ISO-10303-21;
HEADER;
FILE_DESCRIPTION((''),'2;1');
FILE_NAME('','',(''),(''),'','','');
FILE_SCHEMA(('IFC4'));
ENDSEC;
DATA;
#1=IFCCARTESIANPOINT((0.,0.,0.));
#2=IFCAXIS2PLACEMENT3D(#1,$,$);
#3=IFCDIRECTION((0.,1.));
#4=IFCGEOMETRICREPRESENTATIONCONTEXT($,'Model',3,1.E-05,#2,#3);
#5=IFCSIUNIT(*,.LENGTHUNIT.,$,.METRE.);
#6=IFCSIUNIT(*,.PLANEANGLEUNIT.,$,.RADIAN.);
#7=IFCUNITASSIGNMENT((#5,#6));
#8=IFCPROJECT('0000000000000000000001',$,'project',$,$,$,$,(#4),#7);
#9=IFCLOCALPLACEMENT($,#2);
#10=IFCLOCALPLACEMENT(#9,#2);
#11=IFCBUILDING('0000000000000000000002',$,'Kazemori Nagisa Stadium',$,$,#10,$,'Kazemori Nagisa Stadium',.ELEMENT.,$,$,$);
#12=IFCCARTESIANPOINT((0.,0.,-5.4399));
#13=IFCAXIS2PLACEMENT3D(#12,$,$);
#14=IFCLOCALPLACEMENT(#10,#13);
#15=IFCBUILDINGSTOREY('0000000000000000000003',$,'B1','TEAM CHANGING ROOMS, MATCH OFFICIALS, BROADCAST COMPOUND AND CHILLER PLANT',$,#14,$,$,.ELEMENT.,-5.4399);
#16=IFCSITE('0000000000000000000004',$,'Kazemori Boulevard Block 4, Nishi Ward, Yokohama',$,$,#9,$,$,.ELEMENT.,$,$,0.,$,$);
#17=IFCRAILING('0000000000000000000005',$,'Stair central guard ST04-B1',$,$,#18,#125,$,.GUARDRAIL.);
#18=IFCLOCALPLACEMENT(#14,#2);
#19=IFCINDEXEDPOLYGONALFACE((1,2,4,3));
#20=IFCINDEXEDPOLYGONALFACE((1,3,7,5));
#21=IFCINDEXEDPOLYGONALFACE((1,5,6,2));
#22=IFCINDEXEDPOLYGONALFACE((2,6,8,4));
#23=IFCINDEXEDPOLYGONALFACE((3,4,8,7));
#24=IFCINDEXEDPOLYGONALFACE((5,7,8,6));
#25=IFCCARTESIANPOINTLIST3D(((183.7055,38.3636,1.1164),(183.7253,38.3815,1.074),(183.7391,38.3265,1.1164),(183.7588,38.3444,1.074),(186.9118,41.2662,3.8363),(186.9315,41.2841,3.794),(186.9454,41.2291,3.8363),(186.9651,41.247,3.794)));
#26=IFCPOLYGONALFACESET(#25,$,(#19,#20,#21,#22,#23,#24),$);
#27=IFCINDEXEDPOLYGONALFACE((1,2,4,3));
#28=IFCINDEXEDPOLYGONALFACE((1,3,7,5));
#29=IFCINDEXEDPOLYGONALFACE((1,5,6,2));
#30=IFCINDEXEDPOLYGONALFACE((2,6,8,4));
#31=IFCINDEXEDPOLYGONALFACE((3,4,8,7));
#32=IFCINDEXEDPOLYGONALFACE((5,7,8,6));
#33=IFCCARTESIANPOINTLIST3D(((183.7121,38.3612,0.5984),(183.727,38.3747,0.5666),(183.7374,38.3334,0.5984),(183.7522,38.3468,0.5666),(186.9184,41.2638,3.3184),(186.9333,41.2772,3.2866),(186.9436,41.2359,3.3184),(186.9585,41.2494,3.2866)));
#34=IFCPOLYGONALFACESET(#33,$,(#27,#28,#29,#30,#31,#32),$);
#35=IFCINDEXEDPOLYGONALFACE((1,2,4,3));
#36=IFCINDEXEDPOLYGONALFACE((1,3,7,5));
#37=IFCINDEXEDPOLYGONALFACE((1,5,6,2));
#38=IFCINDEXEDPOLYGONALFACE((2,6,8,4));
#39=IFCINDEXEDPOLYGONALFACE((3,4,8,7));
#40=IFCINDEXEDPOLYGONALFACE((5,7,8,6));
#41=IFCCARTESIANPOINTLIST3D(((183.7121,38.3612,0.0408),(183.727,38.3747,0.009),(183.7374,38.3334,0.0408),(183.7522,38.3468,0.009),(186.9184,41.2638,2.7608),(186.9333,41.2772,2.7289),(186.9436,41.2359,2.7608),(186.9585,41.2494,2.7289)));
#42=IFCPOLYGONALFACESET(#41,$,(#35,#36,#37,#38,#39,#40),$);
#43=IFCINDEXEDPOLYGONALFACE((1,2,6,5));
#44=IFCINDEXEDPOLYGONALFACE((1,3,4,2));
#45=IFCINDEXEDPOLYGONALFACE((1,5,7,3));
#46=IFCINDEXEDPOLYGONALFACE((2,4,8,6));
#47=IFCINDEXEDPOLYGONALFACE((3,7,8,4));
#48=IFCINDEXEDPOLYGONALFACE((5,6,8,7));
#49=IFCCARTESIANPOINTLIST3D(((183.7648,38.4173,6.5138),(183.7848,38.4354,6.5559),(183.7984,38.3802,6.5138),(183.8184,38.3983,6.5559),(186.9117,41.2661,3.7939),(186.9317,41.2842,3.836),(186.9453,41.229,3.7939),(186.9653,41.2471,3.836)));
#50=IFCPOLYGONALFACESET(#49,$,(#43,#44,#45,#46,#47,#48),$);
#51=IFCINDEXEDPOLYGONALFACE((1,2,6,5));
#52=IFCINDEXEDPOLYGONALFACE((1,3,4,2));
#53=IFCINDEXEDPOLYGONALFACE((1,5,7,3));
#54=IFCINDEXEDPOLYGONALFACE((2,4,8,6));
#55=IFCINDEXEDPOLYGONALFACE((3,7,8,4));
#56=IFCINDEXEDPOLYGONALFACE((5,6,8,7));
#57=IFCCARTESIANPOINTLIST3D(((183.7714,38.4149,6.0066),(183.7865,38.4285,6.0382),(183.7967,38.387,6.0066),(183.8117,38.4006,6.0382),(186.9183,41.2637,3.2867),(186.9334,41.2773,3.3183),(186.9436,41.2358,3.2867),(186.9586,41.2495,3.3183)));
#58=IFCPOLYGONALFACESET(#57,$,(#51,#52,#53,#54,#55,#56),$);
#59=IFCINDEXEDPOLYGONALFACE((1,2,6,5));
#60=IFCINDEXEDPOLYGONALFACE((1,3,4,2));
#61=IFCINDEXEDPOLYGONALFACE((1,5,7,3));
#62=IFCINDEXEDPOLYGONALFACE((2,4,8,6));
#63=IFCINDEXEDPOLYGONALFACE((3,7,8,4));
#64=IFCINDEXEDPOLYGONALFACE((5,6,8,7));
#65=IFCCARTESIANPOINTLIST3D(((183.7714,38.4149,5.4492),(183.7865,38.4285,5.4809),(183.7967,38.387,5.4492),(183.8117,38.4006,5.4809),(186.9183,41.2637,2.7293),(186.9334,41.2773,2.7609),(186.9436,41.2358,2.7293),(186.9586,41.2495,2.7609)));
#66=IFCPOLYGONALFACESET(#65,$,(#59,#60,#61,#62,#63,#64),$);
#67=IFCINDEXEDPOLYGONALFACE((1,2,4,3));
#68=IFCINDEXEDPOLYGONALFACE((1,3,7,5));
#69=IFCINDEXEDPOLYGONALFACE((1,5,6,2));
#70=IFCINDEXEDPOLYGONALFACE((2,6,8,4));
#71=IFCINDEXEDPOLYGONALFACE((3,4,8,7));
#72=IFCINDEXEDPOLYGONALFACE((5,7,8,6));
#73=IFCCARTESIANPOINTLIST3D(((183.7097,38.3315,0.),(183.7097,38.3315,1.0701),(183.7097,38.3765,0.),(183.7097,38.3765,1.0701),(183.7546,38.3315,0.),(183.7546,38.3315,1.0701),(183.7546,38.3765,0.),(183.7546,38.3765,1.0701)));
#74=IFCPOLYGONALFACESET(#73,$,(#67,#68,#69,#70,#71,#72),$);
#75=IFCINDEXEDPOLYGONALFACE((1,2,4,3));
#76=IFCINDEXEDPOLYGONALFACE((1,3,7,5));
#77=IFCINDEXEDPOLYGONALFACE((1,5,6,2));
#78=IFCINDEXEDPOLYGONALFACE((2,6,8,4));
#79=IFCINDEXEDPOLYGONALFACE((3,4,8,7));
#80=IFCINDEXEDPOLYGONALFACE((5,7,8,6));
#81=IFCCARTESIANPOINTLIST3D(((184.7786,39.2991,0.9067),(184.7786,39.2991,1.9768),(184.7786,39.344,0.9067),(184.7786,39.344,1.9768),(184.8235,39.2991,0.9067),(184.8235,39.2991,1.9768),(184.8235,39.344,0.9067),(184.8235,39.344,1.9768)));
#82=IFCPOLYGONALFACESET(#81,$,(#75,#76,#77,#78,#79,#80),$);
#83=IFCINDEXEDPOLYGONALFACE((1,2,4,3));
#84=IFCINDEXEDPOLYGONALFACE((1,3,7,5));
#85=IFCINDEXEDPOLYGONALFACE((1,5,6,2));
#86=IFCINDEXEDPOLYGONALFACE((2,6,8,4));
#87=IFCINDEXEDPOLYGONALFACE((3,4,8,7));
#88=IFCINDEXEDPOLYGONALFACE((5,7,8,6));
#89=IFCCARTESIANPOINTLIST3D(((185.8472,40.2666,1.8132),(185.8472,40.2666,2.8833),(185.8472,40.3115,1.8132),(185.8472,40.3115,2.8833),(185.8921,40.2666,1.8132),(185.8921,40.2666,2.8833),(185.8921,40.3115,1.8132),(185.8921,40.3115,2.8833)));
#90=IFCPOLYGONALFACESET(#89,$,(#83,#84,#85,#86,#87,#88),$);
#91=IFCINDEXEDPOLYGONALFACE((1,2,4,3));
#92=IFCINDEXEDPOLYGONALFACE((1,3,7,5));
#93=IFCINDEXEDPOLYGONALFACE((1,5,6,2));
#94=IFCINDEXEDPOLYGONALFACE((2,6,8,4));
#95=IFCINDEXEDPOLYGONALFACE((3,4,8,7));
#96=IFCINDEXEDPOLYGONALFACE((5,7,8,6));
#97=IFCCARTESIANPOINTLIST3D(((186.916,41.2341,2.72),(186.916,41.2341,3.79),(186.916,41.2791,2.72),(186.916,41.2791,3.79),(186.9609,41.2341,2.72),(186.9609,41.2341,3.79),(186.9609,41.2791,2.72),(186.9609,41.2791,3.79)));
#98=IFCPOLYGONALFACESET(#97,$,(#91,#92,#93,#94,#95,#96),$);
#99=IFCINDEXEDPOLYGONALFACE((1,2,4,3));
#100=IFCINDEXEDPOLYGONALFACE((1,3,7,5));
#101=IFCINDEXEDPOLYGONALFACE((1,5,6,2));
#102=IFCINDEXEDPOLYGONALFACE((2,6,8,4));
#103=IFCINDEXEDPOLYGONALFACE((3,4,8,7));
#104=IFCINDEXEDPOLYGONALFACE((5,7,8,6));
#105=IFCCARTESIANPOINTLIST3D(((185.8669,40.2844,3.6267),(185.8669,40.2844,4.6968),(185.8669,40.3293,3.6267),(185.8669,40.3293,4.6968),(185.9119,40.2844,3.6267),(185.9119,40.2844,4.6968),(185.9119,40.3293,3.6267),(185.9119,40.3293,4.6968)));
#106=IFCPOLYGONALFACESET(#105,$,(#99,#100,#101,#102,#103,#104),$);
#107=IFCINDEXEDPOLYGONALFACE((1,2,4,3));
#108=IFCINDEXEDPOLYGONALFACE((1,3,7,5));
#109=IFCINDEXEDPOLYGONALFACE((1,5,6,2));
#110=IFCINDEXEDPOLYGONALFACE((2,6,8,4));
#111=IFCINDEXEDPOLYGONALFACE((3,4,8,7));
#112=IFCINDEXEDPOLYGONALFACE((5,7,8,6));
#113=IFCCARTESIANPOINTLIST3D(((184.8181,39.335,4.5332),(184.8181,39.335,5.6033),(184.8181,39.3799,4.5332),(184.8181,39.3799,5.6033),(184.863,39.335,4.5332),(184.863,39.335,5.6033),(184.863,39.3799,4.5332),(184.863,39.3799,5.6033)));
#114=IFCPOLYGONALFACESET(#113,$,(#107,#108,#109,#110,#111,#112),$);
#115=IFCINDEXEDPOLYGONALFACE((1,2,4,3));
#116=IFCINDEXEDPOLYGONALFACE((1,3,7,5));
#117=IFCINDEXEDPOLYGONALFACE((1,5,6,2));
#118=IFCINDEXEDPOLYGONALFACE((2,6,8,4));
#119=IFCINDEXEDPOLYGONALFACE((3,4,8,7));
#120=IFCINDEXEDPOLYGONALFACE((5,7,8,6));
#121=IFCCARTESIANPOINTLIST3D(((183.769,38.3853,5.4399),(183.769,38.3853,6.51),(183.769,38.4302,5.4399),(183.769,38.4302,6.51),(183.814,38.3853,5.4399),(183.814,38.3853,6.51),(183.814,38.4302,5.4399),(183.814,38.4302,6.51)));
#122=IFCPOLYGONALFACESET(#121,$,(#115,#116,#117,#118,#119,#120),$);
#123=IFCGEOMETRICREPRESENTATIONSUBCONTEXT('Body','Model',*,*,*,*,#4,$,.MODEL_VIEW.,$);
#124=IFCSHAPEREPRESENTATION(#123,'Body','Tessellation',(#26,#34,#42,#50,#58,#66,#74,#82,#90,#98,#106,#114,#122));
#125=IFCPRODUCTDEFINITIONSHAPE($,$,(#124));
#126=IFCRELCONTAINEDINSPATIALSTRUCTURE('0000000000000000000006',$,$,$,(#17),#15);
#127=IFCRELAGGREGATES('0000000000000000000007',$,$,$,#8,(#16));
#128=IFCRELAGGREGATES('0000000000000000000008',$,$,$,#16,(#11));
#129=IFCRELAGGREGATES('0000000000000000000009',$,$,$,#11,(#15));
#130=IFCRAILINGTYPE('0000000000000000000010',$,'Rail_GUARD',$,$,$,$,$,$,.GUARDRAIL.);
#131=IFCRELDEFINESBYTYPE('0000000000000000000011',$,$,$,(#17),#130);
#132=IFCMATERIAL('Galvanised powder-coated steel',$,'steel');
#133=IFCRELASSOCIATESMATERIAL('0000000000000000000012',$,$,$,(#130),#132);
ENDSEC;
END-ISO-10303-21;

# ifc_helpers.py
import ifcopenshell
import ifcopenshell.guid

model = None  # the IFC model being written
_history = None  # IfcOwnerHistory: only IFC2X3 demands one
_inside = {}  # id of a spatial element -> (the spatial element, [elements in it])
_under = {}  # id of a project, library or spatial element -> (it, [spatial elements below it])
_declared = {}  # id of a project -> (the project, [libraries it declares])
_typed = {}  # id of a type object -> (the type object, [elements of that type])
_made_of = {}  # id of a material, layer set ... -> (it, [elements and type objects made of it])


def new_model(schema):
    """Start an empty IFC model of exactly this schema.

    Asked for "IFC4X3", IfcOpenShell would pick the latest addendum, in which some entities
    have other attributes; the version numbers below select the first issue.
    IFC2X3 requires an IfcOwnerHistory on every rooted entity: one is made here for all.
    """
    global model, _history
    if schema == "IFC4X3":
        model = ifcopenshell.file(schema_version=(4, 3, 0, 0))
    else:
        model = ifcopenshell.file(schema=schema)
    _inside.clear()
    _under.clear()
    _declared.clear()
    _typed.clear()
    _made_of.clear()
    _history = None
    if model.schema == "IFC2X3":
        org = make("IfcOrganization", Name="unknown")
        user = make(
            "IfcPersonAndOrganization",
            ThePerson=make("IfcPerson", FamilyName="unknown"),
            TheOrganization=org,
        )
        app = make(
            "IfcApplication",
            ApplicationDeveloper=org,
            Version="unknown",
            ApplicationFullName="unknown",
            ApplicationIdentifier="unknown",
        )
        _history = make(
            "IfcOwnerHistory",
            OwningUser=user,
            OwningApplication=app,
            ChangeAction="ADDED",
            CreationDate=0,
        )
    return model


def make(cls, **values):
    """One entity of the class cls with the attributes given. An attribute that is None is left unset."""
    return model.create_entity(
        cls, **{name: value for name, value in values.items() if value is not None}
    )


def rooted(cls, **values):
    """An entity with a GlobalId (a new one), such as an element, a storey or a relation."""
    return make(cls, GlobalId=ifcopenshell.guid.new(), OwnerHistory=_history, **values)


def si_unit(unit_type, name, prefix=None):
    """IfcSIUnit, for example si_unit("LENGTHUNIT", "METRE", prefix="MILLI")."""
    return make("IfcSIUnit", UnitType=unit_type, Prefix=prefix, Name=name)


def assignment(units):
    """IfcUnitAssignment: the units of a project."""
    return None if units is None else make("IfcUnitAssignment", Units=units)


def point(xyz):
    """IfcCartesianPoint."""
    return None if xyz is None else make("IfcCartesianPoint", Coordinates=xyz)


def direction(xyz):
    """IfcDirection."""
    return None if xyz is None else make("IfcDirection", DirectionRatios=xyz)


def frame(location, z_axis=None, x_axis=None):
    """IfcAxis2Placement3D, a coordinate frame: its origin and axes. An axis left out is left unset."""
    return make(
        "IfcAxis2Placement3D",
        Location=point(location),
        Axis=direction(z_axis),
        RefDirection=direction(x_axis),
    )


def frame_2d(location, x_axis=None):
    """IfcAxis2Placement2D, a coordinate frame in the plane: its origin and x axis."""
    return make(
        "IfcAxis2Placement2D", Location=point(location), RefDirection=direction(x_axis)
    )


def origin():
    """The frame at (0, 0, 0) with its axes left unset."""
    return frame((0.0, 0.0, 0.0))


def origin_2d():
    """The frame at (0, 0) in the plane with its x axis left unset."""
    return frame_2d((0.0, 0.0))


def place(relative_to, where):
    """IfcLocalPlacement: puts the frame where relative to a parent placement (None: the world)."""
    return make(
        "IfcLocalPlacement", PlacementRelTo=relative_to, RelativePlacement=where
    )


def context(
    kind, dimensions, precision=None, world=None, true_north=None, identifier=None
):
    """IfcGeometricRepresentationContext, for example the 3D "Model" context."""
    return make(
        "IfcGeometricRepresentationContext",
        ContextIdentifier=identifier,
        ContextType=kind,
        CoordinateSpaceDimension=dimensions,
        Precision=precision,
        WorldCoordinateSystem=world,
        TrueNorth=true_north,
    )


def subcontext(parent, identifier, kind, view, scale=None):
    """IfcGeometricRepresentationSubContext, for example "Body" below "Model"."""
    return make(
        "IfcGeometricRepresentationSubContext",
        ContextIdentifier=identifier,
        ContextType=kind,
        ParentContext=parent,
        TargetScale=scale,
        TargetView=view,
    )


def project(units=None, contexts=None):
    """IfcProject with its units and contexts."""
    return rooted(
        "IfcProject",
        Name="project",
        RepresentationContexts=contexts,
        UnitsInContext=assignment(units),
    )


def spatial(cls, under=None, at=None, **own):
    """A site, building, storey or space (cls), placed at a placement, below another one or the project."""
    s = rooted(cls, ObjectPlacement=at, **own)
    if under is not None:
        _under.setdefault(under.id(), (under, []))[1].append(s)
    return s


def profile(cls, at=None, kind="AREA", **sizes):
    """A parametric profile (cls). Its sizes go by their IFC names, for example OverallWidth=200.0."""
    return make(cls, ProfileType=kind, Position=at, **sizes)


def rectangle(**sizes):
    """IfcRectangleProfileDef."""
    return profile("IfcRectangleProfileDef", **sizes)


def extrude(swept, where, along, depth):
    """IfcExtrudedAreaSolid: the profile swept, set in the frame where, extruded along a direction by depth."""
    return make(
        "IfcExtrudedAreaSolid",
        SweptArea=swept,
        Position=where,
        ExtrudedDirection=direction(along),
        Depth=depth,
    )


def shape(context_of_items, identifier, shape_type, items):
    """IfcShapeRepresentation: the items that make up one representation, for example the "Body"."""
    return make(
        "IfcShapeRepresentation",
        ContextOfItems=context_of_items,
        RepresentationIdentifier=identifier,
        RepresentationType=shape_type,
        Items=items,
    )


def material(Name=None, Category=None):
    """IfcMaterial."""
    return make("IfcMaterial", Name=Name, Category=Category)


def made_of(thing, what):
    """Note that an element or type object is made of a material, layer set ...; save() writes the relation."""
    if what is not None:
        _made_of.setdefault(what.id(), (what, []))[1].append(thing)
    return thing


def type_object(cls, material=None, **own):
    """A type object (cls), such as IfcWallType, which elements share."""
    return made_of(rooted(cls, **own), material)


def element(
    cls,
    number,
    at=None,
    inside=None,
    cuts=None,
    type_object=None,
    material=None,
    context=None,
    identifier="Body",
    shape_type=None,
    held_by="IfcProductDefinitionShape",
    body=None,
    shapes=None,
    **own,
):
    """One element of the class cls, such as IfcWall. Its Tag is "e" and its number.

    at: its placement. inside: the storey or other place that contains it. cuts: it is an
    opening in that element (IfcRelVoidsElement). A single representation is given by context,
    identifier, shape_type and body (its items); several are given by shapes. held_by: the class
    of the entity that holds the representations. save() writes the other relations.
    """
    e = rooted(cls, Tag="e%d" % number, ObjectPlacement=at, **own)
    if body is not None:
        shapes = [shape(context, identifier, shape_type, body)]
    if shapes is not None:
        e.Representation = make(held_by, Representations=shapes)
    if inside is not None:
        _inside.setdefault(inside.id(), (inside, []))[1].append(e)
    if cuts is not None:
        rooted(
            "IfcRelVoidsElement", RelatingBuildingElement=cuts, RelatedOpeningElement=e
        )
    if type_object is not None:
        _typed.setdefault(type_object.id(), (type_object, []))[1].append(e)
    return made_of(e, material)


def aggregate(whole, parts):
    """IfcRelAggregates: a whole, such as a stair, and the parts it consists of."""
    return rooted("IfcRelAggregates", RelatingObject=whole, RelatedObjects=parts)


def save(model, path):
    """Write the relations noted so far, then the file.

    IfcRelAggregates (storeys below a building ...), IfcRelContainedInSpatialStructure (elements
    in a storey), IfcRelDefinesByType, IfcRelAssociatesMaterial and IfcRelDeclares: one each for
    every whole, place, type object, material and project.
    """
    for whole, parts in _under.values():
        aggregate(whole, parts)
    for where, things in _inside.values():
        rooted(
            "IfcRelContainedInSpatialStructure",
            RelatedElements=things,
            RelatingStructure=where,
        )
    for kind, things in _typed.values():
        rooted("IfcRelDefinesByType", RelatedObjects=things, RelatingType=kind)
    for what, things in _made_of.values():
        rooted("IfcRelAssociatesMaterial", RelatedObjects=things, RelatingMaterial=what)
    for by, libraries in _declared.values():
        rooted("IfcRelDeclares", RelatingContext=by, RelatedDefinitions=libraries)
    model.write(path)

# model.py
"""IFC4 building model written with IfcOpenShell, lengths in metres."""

from ifc_helpers import new_model, si_unit, direction, frame, origin, origin_2d, place, context, subcontext, project, spatial, rectangle, extrude, material, type_object, element, save


model = new_model("IFC4")

# Units and contexts
model_context = context("Model", 3, precision=1e-05, world=origin(), true_north=direction((0.0, 1.0)))
body_context = subcontext(model_context, "Body", "Model", "MODEL_VIEW")
ifc_project = project(units=[si_unit("LENGTHUNIT", "METRE"), si_unit("PLANEANGLEUNIT", "RADIAN")], contexts=[model_context])

# Site, building, storey
site_placement = place(None, origin())
site = spatial("IfcSite", under=ifc_project, at=site_placement, Name="Kazemori Boulevard Block 4, Nishi Ward, Yokohama", CompositionType="ELEMENT", RefElevation=0.0)
building_placement = place(site_placement, origin())
building = spatial("IfcBuilding", under=site, at=building_placement, Name="Kazemori Nagisa Stadium", LongName="Kazemori Nagisa Stadium", CompositionType="ELEMENT")
storey_placement = place(building_placement, frame((0.0, 0.0, -5.4399)))
storey = spatial("IfcBuildingStorey", under=building, at=storey_placement, Name="B1", Description="TEAM CHANGING ROOMS, MATCH OFFICIALS, BROADCAST COMPOUND AND CHILLER PLANT", CompositionType="ELEMENT", Elevation=-5.4399)

# Railing
ifc_material_1 = material(Name="Galvanised powder-coated steel", Category="steel")
railing_type_1 = type_object("IfcRailingType", Name="Rail_GUARD", PredefinedType="GUARDRAIL", material=ifc_material_1)
railing_1_placement = place(storey_placement, frame((183.7322, 38.354, 0.0)))
element("IfcRailing", 1, at=railing_1_placement, inside=storey, type_object=railing_type_1, Name="Stair central guard ST04-B1", PredefinedType="GUARDRAIL", context=body_context, shape_type="SweptSolid", body=[
    extrude(rectangle(XDim=0.05, YDim=0.05, at=origin_2d()), frame((0.0, 0.0, 1.0952), z_axis=(0.627558, 0.568113, 0.53237), x_axis=(-0.671123, 0.741346, 0.0)), (0.0, 0.0, 1.0), 5.1091),
    extrude(rectangle(XDim=0.0376, YDim=0.0376, at=origin_2d()), frame((0.0, 0.0, 0.5825), z_axis=(0.627558, 0.568113, 0.53237), x_axis=(-0.671123, 0.741346, 0.0)), (0.0, 0.0, 1.0), 5.1091),
    extrude(rectangle(XDim=0.0376, YDim=0.0376, at=origin_2d()), frame((0.0, 0.0, 0.0249), z_axis=(0.627558, 0.568113, 0.53237), x_axis=(-0.671123, 0.741346, 0.0)), (0.0, 0.0, 1.0), 5.1091),
    extrude(rectangle(XDim=0.05, YDim=0.05, at=origin_2d()), frame((3.2063, 2.9026, 3.8149), z_axis=(-0.624201, -0.565073, 0.539505), x_axis=(0.671123, -0.741346, 0.0)), (0.0, 0.0, 1.0), 5.0415),
    extrude(rectangle(XDim=0.0376, YDim=0.0376, at=origin_2d()), frame((3.2063, 2.9026, 3.3025), z_axis=(-0.624201, -0.565073, 0.539505), x_axis=(0.671123, -0.741346, 0.0)), (0.0, 0.0, 1.0), 5.0415),
    extrude(rectangle(XDim=0.0376, YDim=0.0376, at=origin_2d()), frame((3.2063, 2.9026, 2.7451), z_axis=(-0.624201, -0.565073, 0.539505), x_axis=(0.671123, -0.741346, 0.0)), (0.0, 0.0, 1.0), 5.0415),
    extrude(rectangle(XDim=0.0449, YDim=0.0449, at=origin_2d()), origin(), (0.0, 0.0, 1.0), 1.0701),
    extrude(rectangle(XDim=0.0449, YDim=0.0449, at=origin_2d()), frame((1.0688, 0.9675, 0.9067)), (0.0, 0.0, 1.0), 1.0701),
    extrude(rectangle(XDim=0.0449, YDim=0.0449, at=origin_2d()), frame((2.1375, 1.9351, 1.8132)), (0.0, 0.0, 1.0), 1.0701),
    extrude(rectangle(XDim=0.0449, YDim=0.0449, at=origin_2d()), frame((3.2063, 2.9026, 2.72)), (0.0, 0.0, 1.0), 1.0701),
    extrude(rectangle(XDim=0.0449, YDim=0.0449, at=origin_2d()), frame((2.1572, 1.9529, 3.6267)), (0.0, 0.0, 1.0), 1.0701),
    extrude(rectangle(XDim=0.0449, YDim=0.0449, at=origin_2d()), frame((1.1084, 1.0034, 4.5332)), (0.0, 0.0, 1.0), 1.0701),
    extrude(rectangle(XDim=0.0449, YDim=0.0449, at=origin_2d()), frame((0.0593, 0.0537, 5.4399)), (0.0, 0.0, 1.0), 1.0701),
])

save(model, "model.ifc")
